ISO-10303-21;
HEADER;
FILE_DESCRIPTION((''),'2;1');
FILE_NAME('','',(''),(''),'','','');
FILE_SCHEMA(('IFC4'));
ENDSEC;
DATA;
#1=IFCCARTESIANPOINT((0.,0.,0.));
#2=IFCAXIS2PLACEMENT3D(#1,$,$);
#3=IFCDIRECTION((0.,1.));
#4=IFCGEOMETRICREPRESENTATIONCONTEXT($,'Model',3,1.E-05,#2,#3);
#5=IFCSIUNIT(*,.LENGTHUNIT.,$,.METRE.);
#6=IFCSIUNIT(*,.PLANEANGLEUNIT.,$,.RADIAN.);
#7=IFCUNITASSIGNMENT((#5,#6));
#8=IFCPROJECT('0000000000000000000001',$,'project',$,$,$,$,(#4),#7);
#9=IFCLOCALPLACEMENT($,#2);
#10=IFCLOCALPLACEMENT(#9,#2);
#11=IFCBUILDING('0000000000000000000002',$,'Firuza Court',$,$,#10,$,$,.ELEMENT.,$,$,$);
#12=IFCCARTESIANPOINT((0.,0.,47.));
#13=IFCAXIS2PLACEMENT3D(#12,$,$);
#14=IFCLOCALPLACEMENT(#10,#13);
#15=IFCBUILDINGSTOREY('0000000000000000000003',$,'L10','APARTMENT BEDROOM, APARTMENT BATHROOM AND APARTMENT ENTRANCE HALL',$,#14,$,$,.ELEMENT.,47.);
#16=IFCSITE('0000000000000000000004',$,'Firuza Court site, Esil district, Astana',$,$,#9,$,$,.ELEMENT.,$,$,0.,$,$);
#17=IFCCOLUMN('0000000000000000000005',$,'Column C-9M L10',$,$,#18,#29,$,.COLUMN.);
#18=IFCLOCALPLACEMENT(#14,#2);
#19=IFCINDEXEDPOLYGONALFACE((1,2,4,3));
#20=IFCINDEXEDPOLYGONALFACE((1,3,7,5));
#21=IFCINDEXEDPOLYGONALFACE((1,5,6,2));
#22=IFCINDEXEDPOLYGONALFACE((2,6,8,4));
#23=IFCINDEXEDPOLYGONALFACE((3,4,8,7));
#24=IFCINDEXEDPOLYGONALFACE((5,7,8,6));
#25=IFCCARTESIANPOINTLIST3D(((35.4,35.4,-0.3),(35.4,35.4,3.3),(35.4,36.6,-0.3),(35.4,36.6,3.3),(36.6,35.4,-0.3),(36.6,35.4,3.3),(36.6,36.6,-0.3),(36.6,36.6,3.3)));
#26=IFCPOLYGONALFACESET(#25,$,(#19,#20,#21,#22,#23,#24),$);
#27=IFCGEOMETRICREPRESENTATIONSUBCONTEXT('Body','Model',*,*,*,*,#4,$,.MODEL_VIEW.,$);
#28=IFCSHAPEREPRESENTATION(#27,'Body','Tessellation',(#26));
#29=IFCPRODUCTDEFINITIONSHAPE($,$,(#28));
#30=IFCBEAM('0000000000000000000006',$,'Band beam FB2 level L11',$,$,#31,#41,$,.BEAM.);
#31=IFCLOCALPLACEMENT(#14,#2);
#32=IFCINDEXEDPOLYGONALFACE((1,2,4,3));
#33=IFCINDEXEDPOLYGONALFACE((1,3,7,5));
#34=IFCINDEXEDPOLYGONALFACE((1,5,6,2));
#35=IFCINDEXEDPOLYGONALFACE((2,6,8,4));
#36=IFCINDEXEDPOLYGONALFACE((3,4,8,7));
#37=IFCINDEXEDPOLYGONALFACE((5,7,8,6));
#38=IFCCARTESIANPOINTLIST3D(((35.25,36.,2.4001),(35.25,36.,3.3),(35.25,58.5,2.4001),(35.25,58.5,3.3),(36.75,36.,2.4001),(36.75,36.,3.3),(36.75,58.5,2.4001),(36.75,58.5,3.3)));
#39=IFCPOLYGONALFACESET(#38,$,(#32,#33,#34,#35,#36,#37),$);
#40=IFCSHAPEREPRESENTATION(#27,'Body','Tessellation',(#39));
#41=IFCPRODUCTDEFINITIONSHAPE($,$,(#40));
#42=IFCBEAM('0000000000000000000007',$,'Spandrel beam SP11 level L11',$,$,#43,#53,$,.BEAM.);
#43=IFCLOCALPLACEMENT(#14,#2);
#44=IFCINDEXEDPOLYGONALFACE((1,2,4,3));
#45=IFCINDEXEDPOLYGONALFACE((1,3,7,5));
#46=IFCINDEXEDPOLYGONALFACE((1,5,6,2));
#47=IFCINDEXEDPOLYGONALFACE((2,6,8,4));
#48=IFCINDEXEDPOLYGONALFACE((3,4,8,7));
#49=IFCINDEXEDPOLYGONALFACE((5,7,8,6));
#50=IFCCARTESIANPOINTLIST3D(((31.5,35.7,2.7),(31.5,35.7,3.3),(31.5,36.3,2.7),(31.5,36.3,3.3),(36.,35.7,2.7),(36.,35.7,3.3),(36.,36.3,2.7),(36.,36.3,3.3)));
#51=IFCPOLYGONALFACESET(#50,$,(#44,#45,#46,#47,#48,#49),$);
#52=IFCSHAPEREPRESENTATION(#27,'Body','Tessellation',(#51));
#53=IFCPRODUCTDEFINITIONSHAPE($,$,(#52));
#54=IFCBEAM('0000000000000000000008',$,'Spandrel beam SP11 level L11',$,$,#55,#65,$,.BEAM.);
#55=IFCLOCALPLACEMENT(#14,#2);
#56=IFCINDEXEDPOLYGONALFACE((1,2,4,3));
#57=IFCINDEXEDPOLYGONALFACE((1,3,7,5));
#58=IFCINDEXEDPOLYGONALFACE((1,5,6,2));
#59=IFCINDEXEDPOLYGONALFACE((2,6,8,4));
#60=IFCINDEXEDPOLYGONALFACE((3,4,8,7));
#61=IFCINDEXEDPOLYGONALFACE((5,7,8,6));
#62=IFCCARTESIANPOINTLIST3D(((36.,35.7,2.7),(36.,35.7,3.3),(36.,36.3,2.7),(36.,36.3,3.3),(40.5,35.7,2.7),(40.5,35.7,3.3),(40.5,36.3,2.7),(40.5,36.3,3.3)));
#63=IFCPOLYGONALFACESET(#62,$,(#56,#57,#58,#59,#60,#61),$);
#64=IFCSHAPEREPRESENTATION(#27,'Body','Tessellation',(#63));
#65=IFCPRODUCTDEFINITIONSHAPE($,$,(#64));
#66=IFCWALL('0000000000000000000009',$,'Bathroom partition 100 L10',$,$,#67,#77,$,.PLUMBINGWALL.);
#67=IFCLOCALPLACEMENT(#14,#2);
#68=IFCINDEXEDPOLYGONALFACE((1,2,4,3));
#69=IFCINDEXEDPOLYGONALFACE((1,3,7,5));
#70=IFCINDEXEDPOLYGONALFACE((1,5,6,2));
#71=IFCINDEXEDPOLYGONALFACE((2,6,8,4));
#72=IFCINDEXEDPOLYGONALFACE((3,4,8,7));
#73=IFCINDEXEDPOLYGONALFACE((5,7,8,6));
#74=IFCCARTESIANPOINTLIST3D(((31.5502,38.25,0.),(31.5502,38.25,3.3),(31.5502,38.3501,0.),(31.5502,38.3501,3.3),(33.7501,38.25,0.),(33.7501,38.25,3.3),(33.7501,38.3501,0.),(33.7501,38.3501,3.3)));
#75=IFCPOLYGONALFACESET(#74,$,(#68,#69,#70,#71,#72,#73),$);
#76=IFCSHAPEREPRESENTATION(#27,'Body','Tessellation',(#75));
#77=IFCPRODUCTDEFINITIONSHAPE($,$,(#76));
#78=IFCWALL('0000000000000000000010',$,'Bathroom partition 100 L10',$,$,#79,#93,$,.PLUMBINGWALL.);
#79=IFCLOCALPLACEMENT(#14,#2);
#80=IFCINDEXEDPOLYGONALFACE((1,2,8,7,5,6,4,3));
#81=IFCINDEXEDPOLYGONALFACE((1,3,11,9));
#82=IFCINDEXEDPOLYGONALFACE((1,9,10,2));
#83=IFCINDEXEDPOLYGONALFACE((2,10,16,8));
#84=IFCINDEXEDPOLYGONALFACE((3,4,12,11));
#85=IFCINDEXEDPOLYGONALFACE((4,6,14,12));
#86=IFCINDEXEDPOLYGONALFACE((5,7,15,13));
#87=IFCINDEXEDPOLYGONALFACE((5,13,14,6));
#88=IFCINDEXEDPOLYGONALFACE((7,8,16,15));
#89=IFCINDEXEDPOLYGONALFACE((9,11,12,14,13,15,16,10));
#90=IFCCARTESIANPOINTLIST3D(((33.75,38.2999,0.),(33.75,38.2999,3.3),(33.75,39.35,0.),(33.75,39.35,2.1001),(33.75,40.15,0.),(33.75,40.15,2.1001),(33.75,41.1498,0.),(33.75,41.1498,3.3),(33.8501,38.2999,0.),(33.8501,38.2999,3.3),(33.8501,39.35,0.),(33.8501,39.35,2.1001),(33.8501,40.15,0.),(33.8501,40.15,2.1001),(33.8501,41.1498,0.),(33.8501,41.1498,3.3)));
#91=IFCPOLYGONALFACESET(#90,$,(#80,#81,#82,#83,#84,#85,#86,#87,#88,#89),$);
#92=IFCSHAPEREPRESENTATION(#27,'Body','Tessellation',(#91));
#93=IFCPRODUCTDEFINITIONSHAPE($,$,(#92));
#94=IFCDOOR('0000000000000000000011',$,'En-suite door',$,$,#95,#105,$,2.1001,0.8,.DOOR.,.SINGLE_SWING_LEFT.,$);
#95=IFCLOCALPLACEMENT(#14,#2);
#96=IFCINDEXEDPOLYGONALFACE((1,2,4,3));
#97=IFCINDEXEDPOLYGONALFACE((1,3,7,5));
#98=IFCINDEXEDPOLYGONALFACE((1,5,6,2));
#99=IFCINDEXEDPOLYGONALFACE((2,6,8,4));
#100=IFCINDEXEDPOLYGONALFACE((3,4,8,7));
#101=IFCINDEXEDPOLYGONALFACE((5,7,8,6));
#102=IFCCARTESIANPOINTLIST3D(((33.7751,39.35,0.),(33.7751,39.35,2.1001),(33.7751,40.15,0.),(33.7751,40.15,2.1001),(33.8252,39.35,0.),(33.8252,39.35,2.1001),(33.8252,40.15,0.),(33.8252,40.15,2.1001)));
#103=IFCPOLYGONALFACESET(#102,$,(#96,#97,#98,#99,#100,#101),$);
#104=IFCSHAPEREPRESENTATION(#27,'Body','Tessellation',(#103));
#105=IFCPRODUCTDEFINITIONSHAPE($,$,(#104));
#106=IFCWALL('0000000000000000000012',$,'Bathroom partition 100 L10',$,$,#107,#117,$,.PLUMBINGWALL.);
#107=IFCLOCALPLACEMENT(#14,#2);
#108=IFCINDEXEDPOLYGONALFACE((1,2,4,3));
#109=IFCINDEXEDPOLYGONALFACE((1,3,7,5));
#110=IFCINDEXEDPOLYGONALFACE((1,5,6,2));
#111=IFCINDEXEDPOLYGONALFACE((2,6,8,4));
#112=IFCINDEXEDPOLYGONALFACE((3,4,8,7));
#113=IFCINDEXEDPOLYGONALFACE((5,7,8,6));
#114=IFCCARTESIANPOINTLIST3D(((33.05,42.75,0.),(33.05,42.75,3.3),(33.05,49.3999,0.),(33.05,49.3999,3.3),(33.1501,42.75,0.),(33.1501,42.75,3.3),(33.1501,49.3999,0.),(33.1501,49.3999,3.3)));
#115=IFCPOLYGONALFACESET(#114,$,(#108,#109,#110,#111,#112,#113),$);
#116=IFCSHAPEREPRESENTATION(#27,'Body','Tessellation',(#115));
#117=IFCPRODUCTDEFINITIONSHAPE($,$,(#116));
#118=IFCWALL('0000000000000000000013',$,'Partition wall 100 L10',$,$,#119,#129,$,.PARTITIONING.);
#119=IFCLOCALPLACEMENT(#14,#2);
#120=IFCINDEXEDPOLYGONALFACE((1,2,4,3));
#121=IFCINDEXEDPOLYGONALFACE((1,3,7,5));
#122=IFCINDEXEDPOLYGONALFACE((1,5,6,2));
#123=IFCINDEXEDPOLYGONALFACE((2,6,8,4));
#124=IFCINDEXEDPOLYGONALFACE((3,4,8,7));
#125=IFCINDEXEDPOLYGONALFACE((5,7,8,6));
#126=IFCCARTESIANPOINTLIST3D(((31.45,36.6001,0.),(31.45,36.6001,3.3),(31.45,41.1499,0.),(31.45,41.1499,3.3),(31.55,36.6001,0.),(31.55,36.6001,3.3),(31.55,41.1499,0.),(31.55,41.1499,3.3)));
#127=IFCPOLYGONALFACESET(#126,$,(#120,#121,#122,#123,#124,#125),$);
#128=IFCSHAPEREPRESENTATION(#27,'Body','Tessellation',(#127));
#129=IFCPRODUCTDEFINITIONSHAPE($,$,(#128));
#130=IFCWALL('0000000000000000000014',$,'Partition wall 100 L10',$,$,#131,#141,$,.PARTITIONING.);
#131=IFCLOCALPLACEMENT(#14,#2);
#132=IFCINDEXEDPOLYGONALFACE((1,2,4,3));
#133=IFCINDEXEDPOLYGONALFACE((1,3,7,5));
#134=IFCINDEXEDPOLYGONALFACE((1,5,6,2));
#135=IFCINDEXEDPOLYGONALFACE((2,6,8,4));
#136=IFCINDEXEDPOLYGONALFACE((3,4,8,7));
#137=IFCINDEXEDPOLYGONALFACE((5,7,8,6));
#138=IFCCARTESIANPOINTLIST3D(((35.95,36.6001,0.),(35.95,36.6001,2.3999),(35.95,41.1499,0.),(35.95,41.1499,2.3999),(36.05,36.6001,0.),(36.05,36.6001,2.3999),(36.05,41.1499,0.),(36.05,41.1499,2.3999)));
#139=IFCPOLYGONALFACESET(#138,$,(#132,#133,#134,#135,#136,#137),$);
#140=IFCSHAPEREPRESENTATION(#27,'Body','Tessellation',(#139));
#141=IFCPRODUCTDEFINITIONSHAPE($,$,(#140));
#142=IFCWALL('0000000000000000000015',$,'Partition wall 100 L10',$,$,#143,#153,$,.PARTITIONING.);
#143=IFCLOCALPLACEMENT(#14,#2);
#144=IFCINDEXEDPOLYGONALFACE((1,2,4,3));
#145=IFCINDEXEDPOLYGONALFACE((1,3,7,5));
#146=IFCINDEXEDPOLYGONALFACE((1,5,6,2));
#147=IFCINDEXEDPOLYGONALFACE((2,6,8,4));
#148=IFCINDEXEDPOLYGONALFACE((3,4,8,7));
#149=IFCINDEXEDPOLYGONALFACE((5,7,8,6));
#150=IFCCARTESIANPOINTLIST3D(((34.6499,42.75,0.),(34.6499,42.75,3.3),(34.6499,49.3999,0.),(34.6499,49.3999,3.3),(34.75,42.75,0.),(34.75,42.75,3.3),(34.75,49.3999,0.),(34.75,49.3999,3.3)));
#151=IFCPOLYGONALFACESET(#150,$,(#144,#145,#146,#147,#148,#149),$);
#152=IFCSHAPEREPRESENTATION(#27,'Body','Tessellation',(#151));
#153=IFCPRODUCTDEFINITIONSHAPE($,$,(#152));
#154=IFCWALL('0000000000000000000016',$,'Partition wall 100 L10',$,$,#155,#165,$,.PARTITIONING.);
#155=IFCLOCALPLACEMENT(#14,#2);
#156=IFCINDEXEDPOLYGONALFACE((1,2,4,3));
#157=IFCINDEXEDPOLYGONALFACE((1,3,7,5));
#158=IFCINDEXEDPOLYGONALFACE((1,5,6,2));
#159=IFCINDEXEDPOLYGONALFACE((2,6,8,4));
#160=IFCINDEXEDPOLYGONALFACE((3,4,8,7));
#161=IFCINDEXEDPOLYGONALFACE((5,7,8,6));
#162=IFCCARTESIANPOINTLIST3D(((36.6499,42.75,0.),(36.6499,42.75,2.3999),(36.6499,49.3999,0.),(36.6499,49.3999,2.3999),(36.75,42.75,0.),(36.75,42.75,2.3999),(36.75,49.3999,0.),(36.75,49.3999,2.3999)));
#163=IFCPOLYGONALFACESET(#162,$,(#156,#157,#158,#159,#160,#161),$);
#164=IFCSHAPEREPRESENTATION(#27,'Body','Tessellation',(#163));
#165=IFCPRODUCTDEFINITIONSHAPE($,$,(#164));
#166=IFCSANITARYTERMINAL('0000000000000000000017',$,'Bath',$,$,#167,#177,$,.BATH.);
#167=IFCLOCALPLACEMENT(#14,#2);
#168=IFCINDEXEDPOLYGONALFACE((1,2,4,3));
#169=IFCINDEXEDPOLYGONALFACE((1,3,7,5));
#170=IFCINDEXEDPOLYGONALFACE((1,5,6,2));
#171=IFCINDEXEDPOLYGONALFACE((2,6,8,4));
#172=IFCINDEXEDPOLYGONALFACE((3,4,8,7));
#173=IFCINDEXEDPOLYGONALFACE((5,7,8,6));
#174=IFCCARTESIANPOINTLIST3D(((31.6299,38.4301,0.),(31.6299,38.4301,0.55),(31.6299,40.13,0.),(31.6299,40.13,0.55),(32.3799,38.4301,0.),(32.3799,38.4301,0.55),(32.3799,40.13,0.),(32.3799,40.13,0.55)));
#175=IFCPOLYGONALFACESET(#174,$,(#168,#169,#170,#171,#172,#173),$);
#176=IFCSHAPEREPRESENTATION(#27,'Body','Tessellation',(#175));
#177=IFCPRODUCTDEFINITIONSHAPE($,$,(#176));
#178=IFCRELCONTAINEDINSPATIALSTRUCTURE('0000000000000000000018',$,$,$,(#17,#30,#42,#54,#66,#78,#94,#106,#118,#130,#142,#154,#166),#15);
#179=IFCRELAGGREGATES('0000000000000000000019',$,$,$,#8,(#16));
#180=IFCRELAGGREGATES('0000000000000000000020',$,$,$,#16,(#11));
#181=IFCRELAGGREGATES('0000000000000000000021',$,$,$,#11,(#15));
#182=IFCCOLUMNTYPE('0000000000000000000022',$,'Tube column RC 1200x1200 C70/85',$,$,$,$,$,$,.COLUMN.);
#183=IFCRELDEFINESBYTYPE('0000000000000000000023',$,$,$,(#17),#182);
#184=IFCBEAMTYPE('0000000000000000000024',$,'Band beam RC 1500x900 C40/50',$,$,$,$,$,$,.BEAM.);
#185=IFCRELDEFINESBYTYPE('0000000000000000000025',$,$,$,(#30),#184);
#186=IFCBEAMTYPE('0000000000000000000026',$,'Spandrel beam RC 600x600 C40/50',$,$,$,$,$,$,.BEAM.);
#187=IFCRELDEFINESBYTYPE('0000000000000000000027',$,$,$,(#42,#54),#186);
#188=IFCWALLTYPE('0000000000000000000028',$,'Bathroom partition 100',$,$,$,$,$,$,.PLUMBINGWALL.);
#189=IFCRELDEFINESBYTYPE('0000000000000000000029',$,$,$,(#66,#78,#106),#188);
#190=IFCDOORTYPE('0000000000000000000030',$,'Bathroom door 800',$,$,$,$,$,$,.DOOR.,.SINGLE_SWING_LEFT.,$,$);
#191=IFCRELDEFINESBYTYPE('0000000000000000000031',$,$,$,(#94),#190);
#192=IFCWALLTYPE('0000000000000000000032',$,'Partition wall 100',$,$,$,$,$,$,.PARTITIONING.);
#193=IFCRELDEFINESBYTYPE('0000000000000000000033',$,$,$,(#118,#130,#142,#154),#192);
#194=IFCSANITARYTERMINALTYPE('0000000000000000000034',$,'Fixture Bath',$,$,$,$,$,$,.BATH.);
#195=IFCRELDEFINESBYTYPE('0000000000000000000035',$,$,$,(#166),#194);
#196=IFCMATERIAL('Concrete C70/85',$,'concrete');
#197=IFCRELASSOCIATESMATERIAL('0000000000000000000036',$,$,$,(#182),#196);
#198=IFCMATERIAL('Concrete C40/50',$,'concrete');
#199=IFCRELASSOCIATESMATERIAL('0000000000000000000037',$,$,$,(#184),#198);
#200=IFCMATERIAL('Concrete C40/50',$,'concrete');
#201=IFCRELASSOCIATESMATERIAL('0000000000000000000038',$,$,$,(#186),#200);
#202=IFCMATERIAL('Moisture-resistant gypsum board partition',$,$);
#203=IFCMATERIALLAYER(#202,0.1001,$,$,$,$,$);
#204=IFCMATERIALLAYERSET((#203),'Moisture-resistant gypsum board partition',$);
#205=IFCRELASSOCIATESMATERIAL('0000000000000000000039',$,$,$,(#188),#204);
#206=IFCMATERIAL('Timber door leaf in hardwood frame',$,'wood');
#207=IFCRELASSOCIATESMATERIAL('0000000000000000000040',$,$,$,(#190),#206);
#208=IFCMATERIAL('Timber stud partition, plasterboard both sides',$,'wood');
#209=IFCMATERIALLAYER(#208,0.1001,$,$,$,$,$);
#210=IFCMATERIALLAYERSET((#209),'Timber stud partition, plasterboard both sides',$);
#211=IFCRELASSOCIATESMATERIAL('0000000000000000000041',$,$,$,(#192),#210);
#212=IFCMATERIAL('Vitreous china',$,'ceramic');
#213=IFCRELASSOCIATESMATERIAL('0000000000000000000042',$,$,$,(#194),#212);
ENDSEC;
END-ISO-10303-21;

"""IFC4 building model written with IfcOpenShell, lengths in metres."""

from ifc_helpers import new_model, si_unit, direction, frame, frame_2d, origin, origin_2d, place, context, subcontext, project, spatial, rectangle, extrude, material, layer, layer_set, material_profile, profile_set, type_object, element, fill, save


model = new_model("IFC4")

# Units and contexts
model_context = context("Model", 3, precision=1e-05, world=origin(), true_north=direction((0.0, 1.0)))
body_context = subcontext(model_context, "Body", "Model", "MODEL_VIEW")
ifc_project = project(units=[si_unit("LENGTHUNIT", "METRE"), si_unit("PLANEANGLEUNIT", "RADIAN")], contexts=[model_context])

# Site, building, storey
site_placement = place(None, origin())
site = spatial("IfcSite", under=ifc_project, at=site_placement, Name="Firuza Court site, Esil district, Astana", CompositionType="ELEMENT", RefElevation=0.0)
building_placement = place(site_placement, origin())
building = spatial("IfcBuilding", under=site, at=building_placement, Name="Firuza Court", CompositionType="ELEMENT")
storey_placement = place(building_placement, frame((0.0, 0.0, 47.0)))
storey = spatial("IfcBuildingStorey", under=building, at=storey_placement, Name="L10", Description="APARTMENT BEDROOM, APARTMENT BATHROOM AND APARTMENT ENTRANCE HALL", CompositionType="ELEMENT", Elevation=47.0)

# Column
ifc_material_1 = material(Name="Concrete C70/85", Category="concrete")
ifc_material_profile_1 = material_profile(ifc_material_1, rectangle(XDim=1.2, YDim=1.2, at=origin_2d()), Name="RC 1200x1200")
ifc_profile_set_1 = profile_set([ifc_material_profile_1], Name="Concrete C70/85")
column_type = type_object("IfcColumnType", Name="Tube column RC 1200x1200 C70/85", PredefinedType="COLUMN", material=ifc_profile_set_1)
column_placement = place(storey_placement, frame((36.0, 36.0, -0.3), z_axis=(0.0, 0.0, 1.0), x_axis=(1.0, 0.0, 0.0)))
element("IfcColumn", 1, at=column_placement, inside=storey, type_object=column_type, Name="Column C-9M L10", PredefinedType="COLUMN", context=body_context, shape_type="SweptSolid", body=[
    extrude(rectangle(XDim=1.2, YDim=1.2, at=origin_2d()), origin(), (0.0, 0.0, 1.0), 3.6001),
])

# Beams
ifc_material_2 = material(Name="Concrete C40/50", Category="concrete")
ifc_material_profile_2 = material_profile(ifc_material_2, rectangle(XDim=1.5, YDim=0.8999, at=origin_2d()), Name="RC 1500x900")
ifc_profile_set_2 = profile_set([ifc_material_profile_2], Name="Concrete C40/50")
beam_type_1 = type_object("IfcBeamType", Name="Band beam RC 1500x900 C40/50", PredefinedType="BEAM", material=ifc_profile_set_2)
beam_placement = place(storey_placement, frame((36.0, 36.0, 2.8501), z_axis=(0.0, 1.0, 0.0), x_axis=(-1.0, 0.0, 0.0)))
element("IfcBeam", 2, at=beam_placement, inside=storey, type_object=beam_type_1, Name="Band beam FB2 level L11", PredefinedType="BEAM", context=body_context, shape_type="SweptSolid", body=[
    extrude(rectangle(XDim=1.5, YDim=0.8999, at=origin_2d()), origin(), (0.0, 0.0, 1.0), 22.5),
])
ifc_material_3 = material(Name="Concrete C40/50", Category="concrete")
ifc_material_profile_3 = material_profile(ifc_material_3, rectangle(XDim=0.6001, YDim=0.6001, at=origin_2d()), Name="RC 600x600")
ifc_profile_set_3 = profile_set([ifc_material_profile_3], Name="Concrete C40/50")
beam_type_2 = type_object("IfcBeamType", Name="Spandrel beam RC 600x600 C40/50", PredefinedType="BEAM", material=ifc_profile_set_3)
for number, where, z_axis, x_axis, name in (
    (3, (31.5, 36.0, 3.0), (1.0, 0.0, 0.0), (0.0, 1.0, 0.0), "Spandrel beam SP11 level L11"),
    (4, (36.0, 36.0, 3.0), (1.0, 0.0, 0.0), (0.0, 1.0, 0.0), "Spandrel beam SP11 level L11"),
):
    element("IfcBeam", number, at=place(storey_placement, frame(where, z_axis=z_axis, x_axis=x_axis)), inside=storey, type_object=beam_type_2, Name=name, PredefinedType="BEAM", context=body_context, shape_type="SweptSolid", body=[
        extrude(rectangle(XDim=0.6001, YDim=0.6001, at=origin_2d()), origin(), (0.0, 0.0, 1.0), 4.5),
    ])

# Wall
ifc_material_4 = material(Name="Moisture-resistant gypsum board partition")
ifc_layer_1 = layer(ifc_material_4, 0.1001)
ifc_layer_set_1 = layer_set([ifc_layer_1], Name="Moisture-resistant gypsum board partition")
wall_type_1 = type_object("IfcWallType", Name="Bathroom partition 100", PredefinedType="PLUMBINGWALL", material=ifc_layer_set_1)
wall_1_placement = place(storey_placement, frame((31.55, 38.3, 0.0), z_axis=(0.0, 0.0, 1.0), x_axis=(1.0, 0.0, 0.0)))
element("IfcWall", 5, at=wall_1_placement, inside=storey, type_object=wall_type_1, Name="Bathroom partition 100 L10", PredefinedType="PLUMBINGWALL", context=body_context, shape_type="SweptSolid", body=[
    extrude(rectangle(XDim=2.2, YDim=0.1001, at=frame_2d((1.1001, 0.0))), origin(), (0.0, 0.0, 1.0), 3.3),
])

# Wall, opening, door
wall_2_placement = place(storey_placement, frame((33.8, 38.3, 0.0), z_axis=(0.0, 0.0, 1.0), x_axis=(0.0, 1.0, 0.0)))
wall_2 = element("IfcWall", 6, at=wall_2_placement, inside=storey, type_object=wall_type_1, Name="Bathroom partition 100 L10", PredefinedType="PLUMBINGWALL", context=body_context, shape_type="SweptSolid", body=[
    extrude(rectangle(XDim=2.8499, YDim=0.1001, at=frame_2d((1.4248, 0.0))), origin(), (0.0, 0.0, 1.0), 3.3),
])
opening_placement = place(wall_2_placement, frame((1.05, 0.0, 0.0)))
opening = element("IfcOpeningElement", 7, at=opening_placement, cuts=wall_2, PredefinedType="OPENING", context=body_context, shape_type="SweptSolid", body=[
    extrude(rectangle(XDim=0.8, YDim=2.1001, at=frame_2d((0.3999, 1.05))), frame((0.0, 0.062, 0.0), z_axis=(0.0, -1.0, 0.0), x_axis=(1.0, 0.0, 0.0)), (0.0, 0.0, 1.0), 0.124),
])
ifc_material_5 = material(Name="Timber door leaf in hardwood frame", Category="wood")
door_type = type_object("IfcDoorType", Name="Bathroom door 800", OperationType="SINGLE_SWING_LEFT", PredefinedType="DOOR", material=ifc_material_5)
door_placement = place(opening_placement, origin())
door = element("IfcDoor", 8, at=door_placement, inside=storey, type_object=door_type, Name="En-suite door", OperationType="SINGLE_SWING_LEFT", OverallHeight=2.1001, OverallWidth=0.8, PredefinedType="DOOR", context=body_context, shape_type="SweptSolid", body=[
    extrude(rectangle(XDim=0.8, YDim=2.1001, at=frame_2d((0.3999, 1.05))), frame((0.0, 0.0249, 0.0), z_axis=(0.0, -1.0, 0.0), x_axis=(1.0, 0.0, 0.0)), (0.0, 0.0, 1.0), 0.05),
])
fill(opening, door)

# Walls
wall_3_placement = place(storey_placement, frame((33.1001, 42.75, 0.0), z_axis=(0.0, 0.0, 1.0), x_axis=(0.0, 1.0, 0.0)))
element("IfcWall", 9, at=wall_3_placement, inside=storey, type_object=wall_type_1, Name="Bathroom partition 100 L10", PredefinedType="PLUMBINGWALL", context=body_context, shape_type="SweptSolid", body=[
    extrude(rectangle(XDim=6.6499, YDim=0.1001, at=frame_2d((3.325, 0.0))), origin(), (0.0, 0.0, 1.0), 3.3),
])
ifc_material_6 = material(Name="Timber stud partition, plasterboard both sides", Category="wood")
ifc_layer_2 = layer(ifc_material_6, 0.1001)
ifc_layer_set_2 = layer_set([ifc_layer_2], Name="Timber stud partition, plasterboard both sides")
wall_type_2 = type_object("IfcWallType", Name="Partition wall 100", PredefinedType="PARTITIONING", material=ifc_layer_set_2)
wall_4_placement = place(storey_placement, frame((31.5, 36.6001, 0.0), z_axis=(0.0, 0.0, 1.0), x_axis=(0.0, 1.0, 0.0)))
element("IfcWall", 10, at=wall_4_placement, inside=storey, type_object=wall_type_2, Name="Partition wall 100 L10", PredefinedType="PARTITIONING", context=body_context, shape_type="SweptSolid", body=[
    extrude(rectangle(XDim=4.5498, YDim=0.1001, at=frame_2d((2.2749, 0.0))), origin(), (0.0, 0.0, 1.0), 3.3),
])
wall_5_placement = place(storey_placement, frame((36.0, 36.6001, 0.0), z_axis=(0.0, 0.0, 1.0), x_axis=(0.0, 1.0, 0.0)))
element("IfcWall", 11, at=wall_5_placement, inside=storey, type_object=wall_type_2, Name="Partition wall 100 L10", PredefinedType="PARTITIONING", context=body_context, shape_type="SweptSolid", body=[
    extrude(rectangle(XDim=4.5498, YDim=0.1001, at=frame_2d((2.2749, 0.0))), origin(), (0.0, 0.0, 1.0), 2.3999),
])
wall_6_placement = place(storey_placement, frame((34.7, 42.75, 0.0), z_axis=(0.0, 0.0, 1.0), x_axis=(0.0, 1.0, 0.0)))
element("IfcWall", 12, at=wall_6_placement, inside=storey, type_object=wall_type_2, Name="Partition wall 100 L10", PredefinedType="PARTITIONING", context=body_context, shape_type="SweptSolid", body=[
    extrude(rectangle(XDim=6.6499, YDim=0.1001, at=frame_2d((3.325, 0.0))), origin(), (0.0, 0.0, 1.0), 3.3),
])
wall_7_placement = place(storey_placement, frame((36.7, 42.75, 0.0), z_axis=(0.0, 0.0, 1.0), x_axis=(0.0, 1.0, 0.0)))
element("IfcWall", 13, at=wall_7_placement, inside=storey, type_object=wall_type_2, Name="Partition wall 100 L10", PredefinedType="PARTITIONING", context=body_context, shape_type="SweptSolid", body=[
    extrude(rectangle(XDim=6.6499, YDim=0.1001, at=frame_2d((3.325, 0.0))), origin(), (0.0, 0.0, 1.0), 2.3999),
])

# Sanitary terminal
ifc_material_7 = material(Name="Vitreous china", Category="ceramic")
sanitary_terminal_type_1 = type_object("IfcSanitaryTerminalType", Name="Fixture Bath", PredefinedType="BATH", material=ifc_material_7)
sanitary_terminal_1_placement = place(storey_placement, frame((32.0049, 39.28, 0.0), z_axis=(0.0, 0.0, 1.0), x_axis=(1.0, 0.0, 0.0)))
element("IfcSanitaryTerminal", 14, at=sanitary_terminal_1_placement, inside=storey, type_object=sanitary_terminal_type_1, Name="Bath", PredefinedType="BATH", context=body_context, shape_type="SweptSolid", body=[
    extrude(rectangle(XDim=0.75, YDim=1.7, at=origin_2d()), origin(), (0.0, 0.0, 1.0), 0.55),
])

save(model, "model.ifc")
